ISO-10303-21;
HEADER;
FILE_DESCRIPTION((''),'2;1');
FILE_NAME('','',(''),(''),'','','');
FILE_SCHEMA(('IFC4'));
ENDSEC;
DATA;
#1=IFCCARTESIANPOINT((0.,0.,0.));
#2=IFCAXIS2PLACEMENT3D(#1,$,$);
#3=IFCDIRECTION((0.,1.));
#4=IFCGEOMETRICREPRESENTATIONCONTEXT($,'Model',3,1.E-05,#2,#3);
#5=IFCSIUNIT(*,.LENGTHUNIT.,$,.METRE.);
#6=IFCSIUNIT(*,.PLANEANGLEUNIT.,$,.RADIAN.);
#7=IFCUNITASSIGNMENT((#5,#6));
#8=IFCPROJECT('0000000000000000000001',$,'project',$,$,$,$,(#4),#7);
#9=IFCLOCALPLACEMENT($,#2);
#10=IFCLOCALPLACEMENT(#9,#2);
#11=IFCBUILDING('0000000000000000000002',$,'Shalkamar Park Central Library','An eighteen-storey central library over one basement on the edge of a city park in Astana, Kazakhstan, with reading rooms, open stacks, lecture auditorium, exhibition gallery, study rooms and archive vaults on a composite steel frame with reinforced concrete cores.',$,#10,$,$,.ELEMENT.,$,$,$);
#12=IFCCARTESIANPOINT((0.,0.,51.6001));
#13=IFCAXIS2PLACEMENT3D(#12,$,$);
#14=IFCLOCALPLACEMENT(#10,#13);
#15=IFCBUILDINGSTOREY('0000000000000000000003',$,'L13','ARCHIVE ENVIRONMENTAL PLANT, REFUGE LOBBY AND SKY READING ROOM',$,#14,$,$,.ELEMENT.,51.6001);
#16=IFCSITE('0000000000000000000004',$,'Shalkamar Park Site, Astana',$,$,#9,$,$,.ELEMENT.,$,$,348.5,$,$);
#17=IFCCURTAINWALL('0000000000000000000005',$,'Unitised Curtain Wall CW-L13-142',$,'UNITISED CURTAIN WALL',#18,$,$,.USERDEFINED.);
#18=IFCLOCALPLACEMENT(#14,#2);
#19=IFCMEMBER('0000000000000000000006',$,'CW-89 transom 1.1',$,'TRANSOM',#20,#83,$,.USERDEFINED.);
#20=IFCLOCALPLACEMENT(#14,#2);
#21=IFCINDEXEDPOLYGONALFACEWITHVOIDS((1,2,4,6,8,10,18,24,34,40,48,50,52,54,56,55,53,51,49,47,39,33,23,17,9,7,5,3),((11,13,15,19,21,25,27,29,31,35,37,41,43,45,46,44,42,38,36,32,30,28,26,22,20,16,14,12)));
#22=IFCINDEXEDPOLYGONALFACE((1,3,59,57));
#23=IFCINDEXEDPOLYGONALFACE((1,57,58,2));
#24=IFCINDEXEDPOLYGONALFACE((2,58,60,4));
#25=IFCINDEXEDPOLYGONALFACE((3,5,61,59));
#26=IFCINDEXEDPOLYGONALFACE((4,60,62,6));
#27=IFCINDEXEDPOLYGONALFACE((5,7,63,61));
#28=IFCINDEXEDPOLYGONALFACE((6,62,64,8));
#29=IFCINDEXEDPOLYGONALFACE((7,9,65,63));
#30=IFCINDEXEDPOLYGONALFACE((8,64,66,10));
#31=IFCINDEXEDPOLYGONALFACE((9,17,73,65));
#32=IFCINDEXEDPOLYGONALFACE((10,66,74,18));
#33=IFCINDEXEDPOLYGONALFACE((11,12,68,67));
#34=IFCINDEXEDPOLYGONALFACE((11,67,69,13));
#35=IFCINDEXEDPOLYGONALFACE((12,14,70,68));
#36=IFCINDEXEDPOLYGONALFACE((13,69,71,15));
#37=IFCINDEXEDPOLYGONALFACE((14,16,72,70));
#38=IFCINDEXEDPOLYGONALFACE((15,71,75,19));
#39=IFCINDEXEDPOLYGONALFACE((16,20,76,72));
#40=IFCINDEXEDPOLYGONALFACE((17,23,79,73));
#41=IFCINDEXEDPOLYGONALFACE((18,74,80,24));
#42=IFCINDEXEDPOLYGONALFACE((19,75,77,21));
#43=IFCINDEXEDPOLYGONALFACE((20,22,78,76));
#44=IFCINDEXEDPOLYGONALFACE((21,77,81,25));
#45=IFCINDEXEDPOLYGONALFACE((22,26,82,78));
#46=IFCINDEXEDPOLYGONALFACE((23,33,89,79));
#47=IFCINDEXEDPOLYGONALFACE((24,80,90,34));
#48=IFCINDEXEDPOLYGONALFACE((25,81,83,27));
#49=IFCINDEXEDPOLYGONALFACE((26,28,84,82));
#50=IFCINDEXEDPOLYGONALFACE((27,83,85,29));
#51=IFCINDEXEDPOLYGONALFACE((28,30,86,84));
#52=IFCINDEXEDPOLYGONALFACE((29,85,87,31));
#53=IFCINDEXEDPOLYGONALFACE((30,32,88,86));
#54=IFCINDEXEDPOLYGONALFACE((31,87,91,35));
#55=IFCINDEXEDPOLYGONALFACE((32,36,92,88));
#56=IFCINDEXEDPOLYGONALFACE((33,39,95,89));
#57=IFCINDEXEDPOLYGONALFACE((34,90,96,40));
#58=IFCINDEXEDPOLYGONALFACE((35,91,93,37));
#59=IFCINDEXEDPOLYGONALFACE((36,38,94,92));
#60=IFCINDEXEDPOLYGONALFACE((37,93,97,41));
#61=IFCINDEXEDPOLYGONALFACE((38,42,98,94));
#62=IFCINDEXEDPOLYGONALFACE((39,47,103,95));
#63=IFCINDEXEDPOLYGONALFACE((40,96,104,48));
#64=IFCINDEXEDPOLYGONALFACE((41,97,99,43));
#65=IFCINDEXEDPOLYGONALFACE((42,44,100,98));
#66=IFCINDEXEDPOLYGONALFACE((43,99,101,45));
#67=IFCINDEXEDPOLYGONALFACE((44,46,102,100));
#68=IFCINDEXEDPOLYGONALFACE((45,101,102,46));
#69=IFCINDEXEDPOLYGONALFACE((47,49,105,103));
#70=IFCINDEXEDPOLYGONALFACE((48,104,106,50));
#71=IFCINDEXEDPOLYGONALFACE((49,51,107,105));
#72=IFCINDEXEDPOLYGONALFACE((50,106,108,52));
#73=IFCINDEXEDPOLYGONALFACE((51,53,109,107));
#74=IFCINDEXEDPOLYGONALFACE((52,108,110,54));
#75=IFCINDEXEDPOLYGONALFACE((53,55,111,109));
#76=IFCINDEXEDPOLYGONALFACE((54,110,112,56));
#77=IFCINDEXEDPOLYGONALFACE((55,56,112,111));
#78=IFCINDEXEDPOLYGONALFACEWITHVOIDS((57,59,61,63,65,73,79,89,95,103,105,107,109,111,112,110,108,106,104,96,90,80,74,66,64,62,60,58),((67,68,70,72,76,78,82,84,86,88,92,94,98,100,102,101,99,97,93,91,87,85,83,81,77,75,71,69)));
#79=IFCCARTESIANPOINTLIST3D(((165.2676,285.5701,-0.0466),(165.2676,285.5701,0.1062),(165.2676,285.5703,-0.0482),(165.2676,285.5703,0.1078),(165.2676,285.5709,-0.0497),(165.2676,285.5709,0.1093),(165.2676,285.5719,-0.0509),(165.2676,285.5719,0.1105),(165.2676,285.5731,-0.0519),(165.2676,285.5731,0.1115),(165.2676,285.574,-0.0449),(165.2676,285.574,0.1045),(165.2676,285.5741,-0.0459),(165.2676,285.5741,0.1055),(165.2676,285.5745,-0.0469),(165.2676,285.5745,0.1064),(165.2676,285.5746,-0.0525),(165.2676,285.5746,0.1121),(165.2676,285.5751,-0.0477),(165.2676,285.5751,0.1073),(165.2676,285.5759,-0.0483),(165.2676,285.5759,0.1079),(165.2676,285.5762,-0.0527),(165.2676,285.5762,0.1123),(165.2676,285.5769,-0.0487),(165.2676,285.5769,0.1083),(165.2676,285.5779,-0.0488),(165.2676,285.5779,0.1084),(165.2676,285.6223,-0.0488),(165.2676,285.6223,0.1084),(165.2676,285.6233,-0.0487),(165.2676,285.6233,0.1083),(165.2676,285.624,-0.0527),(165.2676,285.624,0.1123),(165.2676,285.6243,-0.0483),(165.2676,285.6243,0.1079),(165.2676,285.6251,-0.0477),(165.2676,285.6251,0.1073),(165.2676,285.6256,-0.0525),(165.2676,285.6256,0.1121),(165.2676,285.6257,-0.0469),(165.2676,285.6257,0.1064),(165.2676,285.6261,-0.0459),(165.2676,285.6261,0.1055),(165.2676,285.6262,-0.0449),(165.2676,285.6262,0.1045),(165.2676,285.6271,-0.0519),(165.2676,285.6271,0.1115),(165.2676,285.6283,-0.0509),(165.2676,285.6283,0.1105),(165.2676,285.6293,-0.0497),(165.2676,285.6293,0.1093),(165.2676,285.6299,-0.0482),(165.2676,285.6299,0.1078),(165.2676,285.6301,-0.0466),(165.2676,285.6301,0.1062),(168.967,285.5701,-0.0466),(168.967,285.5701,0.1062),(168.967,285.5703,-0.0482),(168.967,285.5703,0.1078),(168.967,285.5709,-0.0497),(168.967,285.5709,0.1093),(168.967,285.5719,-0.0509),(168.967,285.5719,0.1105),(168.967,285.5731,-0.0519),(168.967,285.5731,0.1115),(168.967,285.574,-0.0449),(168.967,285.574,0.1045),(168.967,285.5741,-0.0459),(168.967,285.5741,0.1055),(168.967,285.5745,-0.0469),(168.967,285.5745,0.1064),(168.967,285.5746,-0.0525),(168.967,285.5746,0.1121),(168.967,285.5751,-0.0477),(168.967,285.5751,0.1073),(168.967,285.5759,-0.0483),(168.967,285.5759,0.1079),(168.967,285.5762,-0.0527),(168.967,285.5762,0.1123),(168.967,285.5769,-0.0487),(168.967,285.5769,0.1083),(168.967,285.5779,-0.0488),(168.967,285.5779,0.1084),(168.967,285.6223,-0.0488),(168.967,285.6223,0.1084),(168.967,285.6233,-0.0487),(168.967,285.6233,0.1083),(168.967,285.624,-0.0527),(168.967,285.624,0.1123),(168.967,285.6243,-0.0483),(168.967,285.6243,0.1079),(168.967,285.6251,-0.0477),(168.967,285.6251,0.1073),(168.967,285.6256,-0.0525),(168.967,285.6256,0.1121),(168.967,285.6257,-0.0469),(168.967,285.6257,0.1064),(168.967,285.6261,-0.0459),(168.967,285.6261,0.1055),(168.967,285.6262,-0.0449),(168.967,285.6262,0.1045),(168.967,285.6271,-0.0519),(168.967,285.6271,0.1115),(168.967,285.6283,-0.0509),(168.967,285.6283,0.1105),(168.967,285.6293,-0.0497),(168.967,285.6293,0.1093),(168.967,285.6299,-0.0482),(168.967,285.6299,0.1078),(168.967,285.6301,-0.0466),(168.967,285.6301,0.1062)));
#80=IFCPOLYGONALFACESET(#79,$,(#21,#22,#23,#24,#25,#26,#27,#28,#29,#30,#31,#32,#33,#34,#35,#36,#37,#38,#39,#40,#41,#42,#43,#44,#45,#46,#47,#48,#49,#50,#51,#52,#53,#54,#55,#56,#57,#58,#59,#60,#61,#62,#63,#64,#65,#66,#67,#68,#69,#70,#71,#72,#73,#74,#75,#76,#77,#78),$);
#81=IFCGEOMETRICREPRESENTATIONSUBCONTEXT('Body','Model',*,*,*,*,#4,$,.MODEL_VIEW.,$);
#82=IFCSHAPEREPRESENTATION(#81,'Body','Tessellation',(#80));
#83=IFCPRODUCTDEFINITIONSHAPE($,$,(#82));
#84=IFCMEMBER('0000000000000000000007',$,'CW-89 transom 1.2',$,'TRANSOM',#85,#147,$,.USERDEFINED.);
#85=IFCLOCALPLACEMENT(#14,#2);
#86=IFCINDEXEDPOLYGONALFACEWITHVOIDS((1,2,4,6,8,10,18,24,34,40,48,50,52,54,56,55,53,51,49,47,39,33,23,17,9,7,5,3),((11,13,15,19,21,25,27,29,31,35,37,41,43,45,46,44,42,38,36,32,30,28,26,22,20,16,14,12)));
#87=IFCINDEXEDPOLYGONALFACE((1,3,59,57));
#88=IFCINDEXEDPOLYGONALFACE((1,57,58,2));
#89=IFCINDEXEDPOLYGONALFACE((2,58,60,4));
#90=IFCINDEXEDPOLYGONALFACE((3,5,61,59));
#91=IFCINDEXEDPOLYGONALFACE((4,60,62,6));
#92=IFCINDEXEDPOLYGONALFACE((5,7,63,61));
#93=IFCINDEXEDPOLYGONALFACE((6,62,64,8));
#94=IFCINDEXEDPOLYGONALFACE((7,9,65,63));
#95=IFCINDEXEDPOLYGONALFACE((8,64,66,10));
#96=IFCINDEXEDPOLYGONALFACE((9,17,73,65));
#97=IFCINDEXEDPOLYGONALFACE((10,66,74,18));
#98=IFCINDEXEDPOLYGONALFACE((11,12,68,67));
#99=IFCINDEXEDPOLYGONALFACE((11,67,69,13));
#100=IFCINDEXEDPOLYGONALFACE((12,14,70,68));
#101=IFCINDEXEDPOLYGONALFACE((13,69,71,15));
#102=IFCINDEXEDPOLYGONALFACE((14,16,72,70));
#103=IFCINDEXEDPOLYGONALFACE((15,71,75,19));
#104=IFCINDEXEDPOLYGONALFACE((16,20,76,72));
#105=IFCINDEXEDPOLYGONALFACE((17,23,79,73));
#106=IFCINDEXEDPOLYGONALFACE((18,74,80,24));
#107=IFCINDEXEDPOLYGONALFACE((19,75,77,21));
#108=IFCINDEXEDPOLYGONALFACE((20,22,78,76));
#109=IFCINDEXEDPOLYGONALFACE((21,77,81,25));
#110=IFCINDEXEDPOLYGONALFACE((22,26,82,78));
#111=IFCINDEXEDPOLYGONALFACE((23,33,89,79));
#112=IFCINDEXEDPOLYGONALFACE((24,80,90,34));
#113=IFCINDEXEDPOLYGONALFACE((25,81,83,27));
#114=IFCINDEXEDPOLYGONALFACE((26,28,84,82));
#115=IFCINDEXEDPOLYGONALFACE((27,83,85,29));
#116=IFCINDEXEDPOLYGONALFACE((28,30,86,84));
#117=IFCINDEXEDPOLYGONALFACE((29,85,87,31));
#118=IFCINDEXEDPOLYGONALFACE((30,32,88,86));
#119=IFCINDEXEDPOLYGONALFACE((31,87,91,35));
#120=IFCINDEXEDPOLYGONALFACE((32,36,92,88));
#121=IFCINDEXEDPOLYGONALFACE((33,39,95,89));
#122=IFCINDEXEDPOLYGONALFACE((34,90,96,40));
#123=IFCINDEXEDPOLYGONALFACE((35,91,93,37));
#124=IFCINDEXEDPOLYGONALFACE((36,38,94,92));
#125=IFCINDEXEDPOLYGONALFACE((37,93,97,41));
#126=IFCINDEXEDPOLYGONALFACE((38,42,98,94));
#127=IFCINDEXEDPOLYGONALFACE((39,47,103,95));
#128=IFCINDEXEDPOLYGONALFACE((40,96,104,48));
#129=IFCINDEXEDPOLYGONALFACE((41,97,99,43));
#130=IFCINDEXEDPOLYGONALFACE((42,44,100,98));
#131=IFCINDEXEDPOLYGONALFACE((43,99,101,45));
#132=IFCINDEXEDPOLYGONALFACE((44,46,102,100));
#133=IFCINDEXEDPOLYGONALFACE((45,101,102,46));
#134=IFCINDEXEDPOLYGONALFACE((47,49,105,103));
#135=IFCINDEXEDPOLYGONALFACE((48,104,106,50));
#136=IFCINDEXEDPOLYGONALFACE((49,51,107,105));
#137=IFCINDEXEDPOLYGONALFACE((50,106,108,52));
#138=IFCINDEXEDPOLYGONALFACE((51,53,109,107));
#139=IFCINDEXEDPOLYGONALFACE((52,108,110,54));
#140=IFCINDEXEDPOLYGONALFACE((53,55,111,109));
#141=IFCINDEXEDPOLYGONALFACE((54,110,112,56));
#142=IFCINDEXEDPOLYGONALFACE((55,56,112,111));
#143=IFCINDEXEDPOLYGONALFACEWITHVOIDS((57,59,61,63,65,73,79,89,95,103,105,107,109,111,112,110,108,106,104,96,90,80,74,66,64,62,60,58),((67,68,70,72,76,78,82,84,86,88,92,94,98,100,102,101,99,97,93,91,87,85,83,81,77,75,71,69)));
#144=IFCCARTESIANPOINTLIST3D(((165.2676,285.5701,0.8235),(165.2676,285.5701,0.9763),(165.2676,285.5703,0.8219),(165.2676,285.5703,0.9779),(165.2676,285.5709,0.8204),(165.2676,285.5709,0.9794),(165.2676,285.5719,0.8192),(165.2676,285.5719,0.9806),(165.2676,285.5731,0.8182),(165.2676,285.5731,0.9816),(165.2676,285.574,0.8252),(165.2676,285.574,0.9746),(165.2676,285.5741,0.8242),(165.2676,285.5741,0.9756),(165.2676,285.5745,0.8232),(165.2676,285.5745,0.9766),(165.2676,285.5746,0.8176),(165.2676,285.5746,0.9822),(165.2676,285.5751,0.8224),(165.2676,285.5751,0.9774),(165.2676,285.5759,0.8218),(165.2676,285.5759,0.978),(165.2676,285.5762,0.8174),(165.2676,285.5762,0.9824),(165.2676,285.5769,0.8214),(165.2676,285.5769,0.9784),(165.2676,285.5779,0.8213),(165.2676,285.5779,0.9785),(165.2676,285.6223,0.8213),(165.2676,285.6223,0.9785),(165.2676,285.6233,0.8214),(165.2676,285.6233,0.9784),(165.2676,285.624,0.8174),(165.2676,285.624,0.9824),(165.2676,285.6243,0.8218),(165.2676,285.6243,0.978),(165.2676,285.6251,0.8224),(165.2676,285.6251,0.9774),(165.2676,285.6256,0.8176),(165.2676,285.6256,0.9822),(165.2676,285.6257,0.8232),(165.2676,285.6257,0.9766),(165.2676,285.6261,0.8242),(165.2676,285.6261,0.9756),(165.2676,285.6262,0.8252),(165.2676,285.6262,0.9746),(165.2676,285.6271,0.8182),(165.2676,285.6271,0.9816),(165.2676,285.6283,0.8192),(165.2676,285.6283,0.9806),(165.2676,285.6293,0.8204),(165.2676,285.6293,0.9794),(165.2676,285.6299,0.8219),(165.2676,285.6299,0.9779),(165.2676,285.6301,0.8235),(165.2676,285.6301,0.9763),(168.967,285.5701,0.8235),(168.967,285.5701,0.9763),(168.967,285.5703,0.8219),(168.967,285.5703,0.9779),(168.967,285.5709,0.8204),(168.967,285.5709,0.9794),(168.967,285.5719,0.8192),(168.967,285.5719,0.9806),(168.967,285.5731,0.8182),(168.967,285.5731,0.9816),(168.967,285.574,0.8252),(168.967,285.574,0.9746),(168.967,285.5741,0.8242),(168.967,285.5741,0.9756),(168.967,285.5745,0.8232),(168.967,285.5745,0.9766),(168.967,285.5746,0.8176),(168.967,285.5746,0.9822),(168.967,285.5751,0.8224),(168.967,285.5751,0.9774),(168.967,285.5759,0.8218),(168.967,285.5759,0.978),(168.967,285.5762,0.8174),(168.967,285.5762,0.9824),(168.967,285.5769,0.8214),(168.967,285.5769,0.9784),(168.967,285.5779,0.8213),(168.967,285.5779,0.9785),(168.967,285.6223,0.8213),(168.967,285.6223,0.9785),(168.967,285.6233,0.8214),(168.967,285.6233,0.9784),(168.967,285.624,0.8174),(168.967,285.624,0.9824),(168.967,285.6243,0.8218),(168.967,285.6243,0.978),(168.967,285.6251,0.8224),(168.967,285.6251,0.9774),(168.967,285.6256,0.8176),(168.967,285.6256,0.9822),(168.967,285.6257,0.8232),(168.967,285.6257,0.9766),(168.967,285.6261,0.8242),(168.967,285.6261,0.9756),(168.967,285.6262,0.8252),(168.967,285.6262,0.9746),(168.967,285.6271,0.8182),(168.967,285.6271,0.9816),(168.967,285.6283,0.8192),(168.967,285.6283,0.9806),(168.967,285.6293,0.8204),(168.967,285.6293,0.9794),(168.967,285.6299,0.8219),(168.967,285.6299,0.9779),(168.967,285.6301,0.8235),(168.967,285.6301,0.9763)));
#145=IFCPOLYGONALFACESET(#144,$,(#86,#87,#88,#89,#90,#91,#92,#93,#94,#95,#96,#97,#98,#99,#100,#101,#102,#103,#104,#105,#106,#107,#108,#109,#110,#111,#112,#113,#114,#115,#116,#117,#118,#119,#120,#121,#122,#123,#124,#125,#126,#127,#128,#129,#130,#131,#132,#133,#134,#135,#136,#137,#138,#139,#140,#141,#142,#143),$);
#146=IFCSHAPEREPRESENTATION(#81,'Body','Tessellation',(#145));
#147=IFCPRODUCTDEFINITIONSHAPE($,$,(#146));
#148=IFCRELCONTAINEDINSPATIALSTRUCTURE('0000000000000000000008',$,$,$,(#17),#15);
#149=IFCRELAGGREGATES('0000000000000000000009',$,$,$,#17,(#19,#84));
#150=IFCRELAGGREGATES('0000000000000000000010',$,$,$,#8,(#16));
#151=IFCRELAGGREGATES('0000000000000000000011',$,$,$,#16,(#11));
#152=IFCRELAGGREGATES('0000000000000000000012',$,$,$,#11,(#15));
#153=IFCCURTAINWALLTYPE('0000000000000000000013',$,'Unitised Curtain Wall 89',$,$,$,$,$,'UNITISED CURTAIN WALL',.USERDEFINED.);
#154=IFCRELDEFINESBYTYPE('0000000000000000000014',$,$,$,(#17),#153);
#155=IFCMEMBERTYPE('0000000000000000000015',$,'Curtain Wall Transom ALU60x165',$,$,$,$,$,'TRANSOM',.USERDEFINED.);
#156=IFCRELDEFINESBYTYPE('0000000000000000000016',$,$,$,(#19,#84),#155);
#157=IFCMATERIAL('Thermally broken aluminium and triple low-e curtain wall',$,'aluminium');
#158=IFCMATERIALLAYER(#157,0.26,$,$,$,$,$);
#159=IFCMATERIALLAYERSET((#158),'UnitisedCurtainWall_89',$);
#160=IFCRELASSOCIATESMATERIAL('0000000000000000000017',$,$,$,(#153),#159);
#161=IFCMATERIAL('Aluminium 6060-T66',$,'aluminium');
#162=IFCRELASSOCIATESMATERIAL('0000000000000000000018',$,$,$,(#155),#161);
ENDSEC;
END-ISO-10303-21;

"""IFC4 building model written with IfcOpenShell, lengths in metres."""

from ifc_helpers import new_model, si_unit, direction, frame, origin, origin_2d, place, context, subcontext, project, spatial, hollow_rectangle, extrude, material, layer, layer_set, material_profile, profile_set, type_object, element, aggregate, save


model = new_model("IFC4")

# Units and contexts
model_context = context("Model", 3, precision=1e-05, world=origin(), true_north=direction((0.0, 1.0)))
body_context = subcontext(model_context, "Body", "Model", "MODEL_VIEW")
ifc_project = project(units=[si_unit("LENGTHUNIT", "METRE"), si_unit("PLANEANGLEUNIT", "RADIAN")], contexts=[model_context])

# Site, building, storey
site_placement = place(None, origin())
site = spatial("IfcSite", under=ifc_project, at=site_placement, Name="Shalkamar Park Site, Astana", CompositionType="ELEMENT", RefElevation=348.5)
building_placement = place(site_placement, origin())
building = spatial("IfcBuilding", under=site, at=building_placement, Name="Shalkamar Park Central Library", Description="An eighteen-storey central library over one basement on the edge of a city park in Astana, Kazakhstan, with reading rooms, open stacks, lecture auditorium, exhibition gallery, study rooms and archive vaults on a composite steel frame with reinforced concrete cores.", CompositionType="ELEMENT")
storey_placement = place(building_placement, frame((0.0, 0.0, 51.6001)))
storey = spatial("IfcBuildingStorey", under=building, at=storey_placement, Name="L13", Description="ARCHIVE ENVIRONMENTAL PLANT, REFUGE LOBBY AND SKY READING ROOM", CompositionType="ELEMENT", Elevation=51.6001)

# Curtain wall
ifc_material_1 = material(Name="Thermally broken aluminium and triple low-e curtain wall", Category="aluminium")
ifc_layer_1 = layer(ifc_material_1, 0.26)
ifc_layer_set_1 = layer_set([ifc_layer_1], Name="UnitisedCurtainWall_89")
curtain_wall_type_1 = type_object("IfcCurtainWallType", Name="Unitised Curtain Wall 89", ElementType="UNITISED CURTAIN WALL", PredefinedType="USERDEFINED", material=ifc_layer_set_1)
curtain_wall_1_placement = place(storey_placement, origin())
curtain_wall_1 = element("IfcCurtainWall", 1, at=curtain_wall_1_placement, inside=storey, type_object=curtain_wall_type_1, Name="Unitised Curtain Wall CW-L13-142", ObjectType="UNITISED CURTAIN WALL", PredefinedType="USERDEFINED")
ifc_material_2 = material(Name="Aluminium 6060-T66", Category="aluminium")

# Members
ifc_material_profile_1 = material_profile(ifc_material_2, hollow_rectangle(XDim=0.0601, YDim=0.165, WallThickness=0.0039, InnerFilletRadius=0.0039, OuterFilletRadius=0.0061, at=origin_2d()), Name="ALU 60x165x4")
ifc_profile_set_1 = profile_set([ifc_material_profile_1], Name="Aluminium 6060-T66")
member_type_1 = type_object("IfcMemberType", Name="Curtain Wall Transom ALU60x165", ElementType="TRANSOM", PredefinedType="USERDEFINED", material=ifc_profile_set_1)
member_1_placement = place(storey_placement, frame((165.2676, 285.6001, 0.0298), z_axis=(1.0, 0.0, 0.0), x_axis=(0.0, 1.0, 0.0)))
member_1 = element("IfcMember", 2, at=member_1_placement, type_object=member_type_1, Name="CW-89 transom 1.1", ObjectType="TRANSOM", PredefinedType="USERDEFINED", context=body_context, shape_type="SweptSolid", body=[
    extrude(hollow_rectangle(XDim=0.0601, YDim=0.165, WallThickness=0.0039, InnerFilletRadius=0.0039, OuterFilletRadius=0.0061, at=origin_2d()), origin(), (0.0, 0.0, 1.0), 3.6995),
])
member_2_placement = place(storey_placement, frame((165.2676, 285.6001, 0.8999), z_axis=(1.0, 0.0, 0.0), x_axis=(0.0, 1.0, 0.0)))
member_2 = element("IfcMember", 3, at=member_2_placement, type_object=member_type_1, Name="CW-89 transom 1.2", ObjectType="TRANSOM", PredefinedType="USERDEFINED", context=body_context, shape_type="SweptSolid", body=[
    extrude(hollow_rectangle(XDim=0.0601, YDim=0.165, WallThickness=0.0039, InnerFilletRadius=0.0039, OuterFilletRadius=0.0061, at=origin_2d()), origin(), (0.0, 0.0, 1.0), 3.6995),
])

aggregate(curtain_wall_1, [member_1, member_2])

save(model, "model.ifc")
